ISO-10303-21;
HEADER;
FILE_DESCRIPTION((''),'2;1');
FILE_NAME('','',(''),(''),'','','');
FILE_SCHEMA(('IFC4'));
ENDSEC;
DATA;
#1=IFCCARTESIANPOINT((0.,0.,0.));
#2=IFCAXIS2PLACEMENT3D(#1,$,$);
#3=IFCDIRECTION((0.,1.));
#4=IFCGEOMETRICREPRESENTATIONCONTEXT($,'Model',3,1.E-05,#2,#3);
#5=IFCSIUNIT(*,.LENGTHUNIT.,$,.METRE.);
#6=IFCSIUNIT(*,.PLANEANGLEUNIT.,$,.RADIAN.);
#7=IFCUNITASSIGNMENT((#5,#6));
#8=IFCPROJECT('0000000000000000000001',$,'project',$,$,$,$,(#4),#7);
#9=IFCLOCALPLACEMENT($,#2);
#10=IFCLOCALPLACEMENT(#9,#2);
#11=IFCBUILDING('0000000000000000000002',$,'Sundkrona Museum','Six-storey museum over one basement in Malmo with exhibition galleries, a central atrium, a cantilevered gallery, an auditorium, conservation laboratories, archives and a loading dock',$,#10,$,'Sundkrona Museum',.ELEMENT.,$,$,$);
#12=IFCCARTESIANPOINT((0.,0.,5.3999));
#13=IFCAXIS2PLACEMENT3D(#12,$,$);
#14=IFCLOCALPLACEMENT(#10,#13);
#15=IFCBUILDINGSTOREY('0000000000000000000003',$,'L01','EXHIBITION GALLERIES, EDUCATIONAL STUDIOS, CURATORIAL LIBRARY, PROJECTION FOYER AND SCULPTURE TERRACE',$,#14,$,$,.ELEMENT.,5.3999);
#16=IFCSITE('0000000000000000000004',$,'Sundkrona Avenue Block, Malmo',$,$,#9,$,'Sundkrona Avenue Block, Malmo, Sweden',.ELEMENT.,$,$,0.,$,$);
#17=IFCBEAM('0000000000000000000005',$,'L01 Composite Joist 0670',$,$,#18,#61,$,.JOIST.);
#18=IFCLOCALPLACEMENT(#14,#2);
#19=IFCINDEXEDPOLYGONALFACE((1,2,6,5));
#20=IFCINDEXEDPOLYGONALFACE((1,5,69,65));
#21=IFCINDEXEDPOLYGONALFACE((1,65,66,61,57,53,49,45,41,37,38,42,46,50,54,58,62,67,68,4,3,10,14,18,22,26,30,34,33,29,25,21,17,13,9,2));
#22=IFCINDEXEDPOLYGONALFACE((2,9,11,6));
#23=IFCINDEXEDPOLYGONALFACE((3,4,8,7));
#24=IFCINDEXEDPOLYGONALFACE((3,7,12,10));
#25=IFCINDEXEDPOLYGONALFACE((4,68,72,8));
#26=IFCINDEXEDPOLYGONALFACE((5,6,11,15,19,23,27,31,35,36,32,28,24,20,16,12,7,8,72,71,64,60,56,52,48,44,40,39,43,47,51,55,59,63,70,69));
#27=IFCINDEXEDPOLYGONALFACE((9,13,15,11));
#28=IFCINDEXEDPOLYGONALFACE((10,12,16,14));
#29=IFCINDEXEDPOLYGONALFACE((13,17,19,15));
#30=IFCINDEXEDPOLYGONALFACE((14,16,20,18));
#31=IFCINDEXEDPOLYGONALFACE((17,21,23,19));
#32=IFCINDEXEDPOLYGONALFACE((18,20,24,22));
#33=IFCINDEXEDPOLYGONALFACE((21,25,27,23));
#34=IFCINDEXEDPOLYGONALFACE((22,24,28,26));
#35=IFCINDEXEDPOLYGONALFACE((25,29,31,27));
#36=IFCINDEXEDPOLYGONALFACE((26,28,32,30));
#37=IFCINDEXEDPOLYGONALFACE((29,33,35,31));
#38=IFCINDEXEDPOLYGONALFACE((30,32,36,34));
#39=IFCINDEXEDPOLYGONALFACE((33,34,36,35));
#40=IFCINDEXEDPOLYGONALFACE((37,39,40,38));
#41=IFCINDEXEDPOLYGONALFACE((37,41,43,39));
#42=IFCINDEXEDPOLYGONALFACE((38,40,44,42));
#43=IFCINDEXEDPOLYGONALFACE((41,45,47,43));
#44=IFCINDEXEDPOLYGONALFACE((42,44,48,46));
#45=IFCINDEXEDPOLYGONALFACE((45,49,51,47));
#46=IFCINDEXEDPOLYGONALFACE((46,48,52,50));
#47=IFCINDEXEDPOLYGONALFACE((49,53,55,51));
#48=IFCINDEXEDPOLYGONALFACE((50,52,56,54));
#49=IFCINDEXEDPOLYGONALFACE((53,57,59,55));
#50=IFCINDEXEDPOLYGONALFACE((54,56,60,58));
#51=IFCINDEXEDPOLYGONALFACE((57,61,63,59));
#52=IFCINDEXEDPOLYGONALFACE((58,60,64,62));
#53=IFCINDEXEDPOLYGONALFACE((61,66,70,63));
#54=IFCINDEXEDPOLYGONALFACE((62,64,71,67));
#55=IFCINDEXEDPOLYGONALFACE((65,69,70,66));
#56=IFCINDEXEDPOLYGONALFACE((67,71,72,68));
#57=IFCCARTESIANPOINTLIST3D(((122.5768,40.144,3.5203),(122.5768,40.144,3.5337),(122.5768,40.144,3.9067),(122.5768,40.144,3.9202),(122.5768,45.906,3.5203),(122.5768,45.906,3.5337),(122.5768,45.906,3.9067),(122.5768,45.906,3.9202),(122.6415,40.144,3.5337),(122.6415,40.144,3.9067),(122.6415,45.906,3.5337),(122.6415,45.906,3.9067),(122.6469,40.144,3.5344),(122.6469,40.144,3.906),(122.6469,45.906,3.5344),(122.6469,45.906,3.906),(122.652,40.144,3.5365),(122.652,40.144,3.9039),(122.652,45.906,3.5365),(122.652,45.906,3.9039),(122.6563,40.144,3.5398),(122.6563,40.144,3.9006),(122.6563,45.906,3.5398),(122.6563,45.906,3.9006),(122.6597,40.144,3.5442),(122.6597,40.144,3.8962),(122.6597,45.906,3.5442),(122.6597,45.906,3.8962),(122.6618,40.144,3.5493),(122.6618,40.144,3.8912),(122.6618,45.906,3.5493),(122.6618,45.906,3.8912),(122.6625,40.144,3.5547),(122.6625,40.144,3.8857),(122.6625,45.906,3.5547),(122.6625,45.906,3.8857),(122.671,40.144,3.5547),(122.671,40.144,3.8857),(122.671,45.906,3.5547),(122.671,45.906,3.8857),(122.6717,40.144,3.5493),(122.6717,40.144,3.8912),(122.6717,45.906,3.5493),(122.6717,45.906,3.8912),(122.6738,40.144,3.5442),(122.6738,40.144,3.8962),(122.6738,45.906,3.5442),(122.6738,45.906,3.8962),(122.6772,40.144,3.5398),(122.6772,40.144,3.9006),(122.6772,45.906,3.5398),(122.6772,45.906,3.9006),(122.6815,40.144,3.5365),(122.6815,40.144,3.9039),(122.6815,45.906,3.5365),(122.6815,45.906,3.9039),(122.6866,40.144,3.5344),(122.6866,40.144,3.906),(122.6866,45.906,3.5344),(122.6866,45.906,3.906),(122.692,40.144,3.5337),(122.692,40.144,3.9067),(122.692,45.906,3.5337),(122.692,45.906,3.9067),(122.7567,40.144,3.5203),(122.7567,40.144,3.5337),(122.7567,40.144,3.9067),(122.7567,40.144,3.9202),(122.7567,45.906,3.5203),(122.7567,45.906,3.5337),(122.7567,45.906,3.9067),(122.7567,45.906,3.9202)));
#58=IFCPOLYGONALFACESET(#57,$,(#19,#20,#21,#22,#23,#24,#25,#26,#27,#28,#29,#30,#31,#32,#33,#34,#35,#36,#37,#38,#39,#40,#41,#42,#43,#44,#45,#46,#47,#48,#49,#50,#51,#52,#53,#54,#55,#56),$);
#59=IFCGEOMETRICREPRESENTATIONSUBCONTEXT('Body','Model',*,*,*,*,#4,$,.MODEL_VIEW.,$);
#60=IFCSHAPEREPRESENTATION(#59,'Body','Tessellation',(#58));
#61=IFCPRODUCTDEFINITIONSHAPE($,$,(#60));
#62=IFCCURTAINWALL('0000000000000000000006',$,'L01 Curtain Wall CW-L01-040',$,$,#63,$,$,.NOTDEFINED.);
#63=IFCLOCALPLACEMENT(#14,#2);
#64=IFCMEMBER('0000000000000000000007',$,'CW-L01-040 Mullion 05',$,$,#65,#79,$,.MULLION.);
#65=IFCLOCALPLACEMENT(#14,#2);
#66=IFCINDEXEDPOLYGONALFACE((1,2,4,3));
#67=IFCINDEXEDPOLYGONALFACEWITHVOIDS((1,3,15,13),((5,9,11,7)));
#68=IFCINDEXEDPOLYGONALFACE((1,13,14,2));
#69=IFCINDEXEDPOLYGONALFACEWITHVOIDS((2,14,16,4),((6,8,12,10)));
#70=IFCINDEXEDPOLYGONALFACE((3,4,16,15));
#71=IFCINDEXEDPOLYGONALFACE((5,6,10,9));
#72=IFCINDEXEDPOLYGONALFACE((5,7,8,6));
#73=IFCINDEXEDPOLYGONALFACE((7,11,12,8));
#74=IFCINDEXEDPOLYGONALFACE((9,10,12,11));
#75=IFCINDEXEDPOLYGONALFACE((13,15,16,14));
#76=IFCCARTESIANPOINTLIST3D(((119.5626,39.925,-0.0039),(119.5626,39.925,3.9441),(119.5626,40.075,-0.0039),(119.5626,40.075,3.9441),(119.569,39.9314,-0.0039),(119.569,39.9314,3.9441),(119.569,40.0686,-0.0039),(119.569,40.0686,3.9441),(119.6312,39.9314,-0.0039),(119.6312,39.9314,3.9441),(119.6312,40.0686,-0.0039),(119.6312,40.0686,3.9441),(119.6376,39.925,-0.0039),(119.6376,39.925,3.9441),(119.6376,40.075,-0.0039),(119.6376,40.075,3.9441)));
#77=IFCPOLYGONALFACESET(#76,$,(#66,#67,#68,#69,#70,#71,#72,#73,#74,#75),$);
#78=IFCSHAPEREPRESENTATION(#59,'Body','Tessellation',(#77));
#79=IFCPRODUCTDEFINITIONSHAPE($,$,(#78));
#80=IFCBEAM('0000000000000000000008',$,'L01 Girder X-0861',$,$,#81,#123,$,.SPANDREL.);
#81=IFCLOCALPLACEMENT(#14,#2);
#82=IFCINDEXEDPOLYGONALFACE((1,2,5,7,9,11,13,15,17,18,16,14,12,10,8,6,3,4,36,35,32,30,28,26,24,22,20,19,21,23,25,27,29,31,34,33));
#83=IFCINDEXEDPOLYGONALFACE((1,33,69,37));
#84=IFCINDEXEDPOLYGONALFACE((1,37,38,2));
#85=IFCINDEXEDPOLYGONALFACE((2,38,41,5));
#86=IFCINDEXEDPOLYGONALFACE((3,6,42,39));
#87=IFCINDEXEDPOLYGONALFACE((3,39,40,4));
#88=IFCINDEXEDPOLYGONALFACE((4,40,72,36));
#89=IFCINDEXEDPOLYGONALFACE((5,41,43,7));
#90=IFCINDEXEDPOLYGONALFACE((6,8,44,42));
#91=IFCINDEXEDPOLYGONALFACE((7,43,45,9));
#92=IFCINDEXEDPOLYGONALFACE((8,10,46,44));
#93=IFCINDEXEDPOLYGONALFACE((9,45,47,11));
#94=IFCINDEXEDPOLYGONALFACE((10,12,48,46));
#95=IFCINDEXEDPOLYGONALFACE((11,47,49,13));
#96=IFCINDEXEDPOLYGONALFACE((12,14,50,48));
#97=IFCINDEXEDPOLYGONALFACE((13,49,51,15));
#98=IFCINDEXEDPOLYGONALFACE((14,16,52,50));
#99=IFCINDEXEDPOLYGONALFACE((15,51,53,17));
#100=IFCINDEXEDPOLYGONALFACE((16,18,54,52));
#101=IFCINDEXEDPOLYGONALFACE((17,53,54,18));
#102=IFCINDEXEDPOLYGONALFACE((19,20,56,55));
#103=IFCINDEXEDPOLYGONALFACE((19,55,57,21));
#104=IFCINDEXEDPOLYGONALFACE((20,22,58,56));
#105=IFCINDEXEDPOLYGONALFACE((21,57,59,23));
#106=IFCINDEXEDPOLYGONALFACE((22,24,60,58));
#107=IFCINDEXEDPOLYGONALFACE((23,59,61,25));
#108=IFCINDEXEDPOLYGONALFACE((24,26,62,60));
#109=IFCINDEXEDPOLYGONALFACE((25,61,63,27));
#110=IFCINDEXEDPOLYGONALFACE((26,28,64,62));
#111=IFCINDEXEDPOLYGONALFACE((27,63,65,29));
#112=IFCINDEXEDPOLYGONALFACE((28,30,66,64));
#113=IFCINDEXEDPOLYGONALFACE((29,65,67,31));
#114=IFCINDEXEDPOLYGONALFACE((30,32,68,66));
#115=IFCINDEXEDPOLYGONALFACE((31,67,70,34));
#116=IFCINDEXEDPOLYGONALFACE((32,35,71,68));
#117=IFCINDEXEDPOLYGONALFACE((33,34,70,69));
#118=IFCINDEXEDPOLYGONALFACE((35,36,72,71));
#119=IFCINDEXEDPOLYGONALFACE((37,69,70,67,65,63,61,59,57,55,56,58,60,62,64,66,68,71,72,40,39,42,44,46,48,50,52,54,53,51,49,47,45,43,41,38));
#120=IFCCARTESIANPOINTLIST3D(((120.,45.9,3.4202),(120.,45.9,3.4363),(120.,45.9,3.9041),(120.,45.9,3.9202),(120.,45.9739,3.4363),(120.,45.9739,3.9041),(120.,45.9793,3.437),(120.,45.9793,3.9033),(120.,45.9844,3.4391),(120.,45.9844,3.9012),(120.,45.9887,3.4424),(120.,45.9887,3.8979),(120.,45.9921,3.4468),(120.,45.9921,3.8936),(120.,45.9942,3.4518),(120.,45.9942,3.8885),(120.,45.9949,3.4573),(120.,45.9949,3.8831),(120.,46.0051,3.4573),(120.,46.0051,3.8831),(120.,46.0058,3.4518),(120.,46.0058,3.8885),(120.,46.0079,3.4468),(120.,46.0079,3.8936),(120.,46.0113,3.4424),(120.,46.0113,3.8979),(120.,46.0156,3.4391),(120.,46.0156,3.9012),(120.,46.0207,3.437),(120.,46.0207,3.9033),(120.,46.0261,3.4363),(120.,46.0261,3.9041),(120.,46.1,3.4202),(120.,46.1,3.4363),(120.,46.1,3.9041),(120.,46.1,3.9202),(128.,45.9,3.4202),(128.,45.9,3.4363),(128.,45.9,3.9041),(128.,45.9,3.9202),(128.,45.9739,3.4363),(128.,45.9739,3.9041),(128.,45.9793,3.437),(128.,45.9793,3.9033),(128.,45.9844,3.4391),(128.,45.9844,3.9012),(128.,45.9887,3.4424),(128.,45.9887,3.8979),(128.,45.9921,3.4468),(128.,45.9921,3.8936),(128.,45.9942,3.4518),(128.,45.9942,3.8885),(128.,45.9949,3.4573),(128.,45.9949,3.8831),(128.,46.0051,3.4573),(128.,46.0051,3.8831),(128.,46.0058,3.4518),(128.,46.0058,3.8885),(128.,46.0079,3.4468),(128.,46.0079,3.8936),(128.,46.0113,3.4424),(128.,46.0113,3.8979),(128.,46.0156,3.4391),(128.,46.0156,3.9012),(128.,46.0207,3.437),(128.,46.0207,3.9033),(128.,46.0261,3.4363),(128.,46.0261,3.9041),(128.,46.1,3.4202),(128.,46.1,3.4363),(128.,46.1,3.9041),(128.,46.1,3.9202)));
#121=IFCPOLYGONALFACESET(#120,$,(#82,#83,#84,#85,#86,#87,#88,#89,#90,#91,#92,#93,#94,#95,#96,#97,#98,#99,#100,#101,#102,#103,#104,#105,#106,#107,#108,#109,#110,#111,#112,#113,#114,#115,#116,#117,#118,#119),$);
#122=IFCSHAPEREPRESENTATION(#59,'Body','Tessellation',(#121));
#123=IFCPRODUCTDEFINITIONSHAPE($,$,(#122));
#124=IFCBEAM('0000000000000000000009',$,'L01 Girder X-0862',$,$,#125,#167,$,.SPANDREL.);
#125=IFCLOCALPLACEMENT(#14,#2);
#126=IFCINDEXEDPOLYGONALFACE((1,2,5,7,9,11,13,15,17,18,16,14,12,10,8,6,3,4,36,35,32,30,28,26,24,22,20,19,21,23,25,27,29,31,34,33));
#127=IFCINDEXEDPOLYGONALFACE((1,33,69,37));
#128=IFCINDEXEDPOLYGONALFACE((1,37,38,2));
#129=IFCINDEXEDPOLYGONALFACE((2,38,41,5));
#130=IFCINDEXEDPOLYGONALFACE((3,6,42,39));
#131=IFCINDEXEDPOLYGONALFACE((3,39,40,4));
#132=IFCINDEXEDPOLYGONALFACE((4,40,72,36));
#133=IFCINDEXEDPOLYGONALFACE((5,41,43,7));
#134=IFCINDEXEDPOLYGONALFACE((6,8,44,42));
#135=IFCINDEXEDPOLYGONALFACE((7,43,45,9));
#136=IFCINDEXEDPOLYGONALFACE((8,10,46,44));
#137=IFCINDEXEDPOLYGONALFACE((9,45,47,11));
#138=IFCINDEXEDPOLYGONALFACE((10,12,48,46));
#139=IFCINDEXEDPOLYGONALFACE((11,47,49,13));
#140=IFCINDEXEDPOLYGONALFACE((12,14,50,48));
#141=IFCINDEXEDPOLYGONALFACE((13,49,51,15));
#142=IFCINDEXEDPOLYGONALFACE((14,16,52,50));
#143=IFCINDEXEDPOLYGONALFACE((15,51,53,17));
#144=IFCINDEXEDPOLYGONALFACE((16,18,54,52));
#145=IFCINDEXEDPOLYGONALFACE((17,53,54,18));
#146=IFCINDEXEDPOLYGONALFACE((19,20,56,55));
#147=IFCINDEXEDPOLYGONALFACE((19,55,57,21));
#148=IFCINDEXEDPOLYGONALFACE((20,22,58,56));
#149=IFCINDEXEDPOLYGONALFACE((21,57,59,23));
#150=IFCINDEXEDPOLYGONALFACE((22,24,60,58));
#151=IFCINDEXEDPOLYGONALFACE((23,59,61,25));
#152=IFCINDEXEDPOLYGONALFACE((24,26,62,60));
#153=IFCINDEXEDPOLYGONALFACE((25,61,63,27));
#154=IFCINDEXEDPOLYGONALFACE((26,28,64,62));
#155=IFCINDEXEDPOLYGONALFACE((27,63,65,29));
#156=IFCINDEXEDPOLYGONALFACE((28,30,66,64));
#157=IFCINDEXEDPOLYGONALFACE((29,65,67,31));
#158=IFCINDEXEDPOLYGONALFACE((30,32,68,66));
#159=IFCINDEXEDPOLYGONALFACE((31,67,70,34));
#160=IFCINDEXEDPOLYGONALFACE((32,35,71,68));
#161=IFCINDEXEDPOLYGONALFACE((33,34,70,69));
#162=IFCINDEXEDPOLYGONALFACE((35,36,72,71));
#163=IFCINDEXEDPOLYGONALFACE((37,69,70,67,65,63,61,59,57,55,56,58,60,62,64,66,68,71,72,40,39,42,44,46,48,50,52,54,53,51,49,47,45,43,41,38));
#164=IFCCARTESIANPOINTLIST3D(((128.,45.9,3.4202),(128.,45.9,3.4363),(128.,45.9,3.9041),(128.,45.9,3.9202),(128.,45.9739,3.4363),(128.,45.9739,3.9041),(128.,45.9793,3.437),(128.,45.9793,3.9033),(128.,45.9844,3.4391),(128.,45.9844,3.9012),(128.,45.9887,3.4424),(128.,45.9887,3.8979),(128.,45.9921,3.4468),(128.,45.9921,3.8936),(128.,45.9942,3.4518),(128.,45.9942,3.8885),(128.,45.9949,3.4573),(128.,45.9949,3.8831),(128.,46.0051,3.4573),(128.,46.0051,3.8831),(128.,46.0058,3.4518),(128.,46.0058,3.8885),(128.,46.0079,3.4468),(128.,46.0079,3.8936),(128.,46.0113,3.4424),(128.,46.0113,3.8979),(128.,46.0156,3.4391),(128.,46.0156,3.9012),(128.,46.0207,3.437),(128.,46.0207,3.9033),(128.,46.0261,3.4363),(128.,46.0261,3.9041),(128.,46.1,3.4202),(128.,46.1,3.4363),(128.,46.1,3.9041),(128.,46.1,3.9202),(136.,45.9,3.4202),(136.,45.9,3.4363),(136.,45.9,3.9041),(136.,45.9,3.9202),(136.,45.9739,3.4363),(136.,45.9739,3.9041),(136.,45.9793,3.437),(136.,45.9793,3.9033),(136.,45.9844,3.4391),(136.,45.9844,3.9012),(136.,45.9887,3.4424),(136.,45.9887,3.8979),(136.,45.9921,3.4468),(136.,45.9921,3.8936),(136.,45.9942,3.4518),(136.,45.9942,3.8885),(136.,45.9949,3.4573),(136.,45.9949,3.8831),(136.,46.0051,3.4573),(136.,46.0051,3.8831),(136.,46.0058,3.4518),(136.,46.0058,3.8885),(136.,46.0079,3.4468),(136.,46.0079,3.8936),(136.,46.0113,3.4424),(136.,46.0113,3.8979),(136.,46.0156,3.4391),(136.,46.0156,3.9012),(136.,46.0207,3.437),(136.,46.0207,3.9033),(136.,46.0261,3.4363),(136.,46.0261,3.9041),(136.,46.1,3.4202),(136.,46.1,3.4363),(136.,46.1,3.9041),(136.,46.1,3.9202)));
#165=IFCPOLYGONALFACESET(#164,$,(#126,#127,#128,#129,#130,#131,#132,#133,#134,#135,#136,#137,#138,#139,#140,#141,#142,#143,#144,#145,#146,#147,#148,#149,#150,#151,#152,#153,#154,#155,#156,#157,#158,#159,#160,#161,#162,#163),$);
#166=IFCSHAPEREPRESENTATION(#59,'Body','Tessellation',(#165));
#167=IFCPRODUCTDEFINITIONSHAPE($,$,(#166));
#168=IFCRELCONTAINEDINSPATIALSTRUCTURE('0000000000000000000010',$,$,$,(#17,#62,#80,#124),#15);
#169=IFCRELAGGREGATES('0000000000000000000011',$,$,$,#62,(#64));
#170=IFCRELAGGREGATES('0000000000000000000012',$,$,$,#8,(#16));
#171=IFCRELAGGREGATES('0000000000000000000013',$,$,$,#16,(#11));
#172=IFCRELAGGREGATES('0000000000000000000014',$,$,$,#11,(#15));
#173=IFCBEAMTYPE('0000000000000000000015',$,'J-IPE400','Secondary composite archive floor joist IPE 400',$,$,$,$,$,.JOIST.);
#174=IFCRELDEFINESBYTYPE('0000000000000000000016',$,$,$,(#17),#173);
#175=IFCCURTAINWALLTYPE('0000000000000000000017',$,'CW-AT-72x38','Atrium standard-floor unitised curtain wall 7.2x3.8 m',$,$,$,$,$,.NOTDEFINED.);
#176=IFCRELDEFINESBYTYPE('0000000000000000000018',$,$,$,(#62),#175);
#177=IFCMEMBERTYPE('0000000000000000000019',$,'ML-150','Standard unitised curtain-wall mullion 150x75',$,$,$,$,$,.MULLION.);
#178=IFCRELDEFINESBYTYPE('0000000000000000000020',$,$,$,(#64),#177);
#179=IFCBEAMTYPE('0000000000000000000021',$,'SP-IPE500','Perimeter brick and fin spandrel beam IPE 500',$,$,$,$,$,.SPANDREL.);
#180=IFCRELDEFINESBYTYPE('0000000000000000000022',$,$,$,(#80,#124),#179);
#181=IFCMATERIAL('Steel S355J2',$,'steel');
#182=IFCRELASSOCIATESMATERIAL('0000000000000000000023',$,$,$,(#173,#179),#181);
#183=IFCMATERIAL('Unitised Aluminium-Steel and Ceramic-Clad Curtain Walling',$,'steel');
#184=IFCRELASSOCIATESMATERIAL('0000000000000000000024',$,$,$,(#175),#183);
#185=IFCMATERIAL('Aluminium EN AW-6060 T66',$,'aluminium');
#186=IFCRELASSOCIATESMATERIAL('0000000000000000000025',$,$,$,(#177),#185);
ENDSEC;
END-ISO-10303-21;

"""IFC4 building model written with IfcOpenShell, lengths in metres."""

from ifc_helpers import new_model, si_unit, direction, frame, origin, origin_2d, place, context, subcontext, project, spatial, hollow_rectangle, i_section, extrude, material, material_profile, profile_set, type_object, element, aggregate, save


model = new_model("IFC4")

# Units and contexts
model_context = context("Model", 3, precision=1e-05, world=origin(), true_north=direction((0.0, 1.0)))
body_context = subcontext(model_context, "Body", "Model", "MODEL_VIEW")
ifc_project = project(units=[si_unit("LENGTHUNIT", "METRE"), si_unit("PLANEANGLEUNIT", "RADIAN")], contexts=[model_context])

# Site, building, storey
site_placement = place(None, origin())
site = spatial("IfcSite", under=ifc_project, at=site_placement, Name="Sundkrona Avenue Block, Malmo", LongName="Sundkrona Avenue Block, Malmo, Sweden", CompositionType="ELEMENT", RefElevation=0.0)
building_placement = place(site_placement, origin())
building = spatial("IfcBuilding", under=site, at=building_placement, Name="Sundkrona Museum", Description="Six-storey museum over one basement in Malmo with exhibition galleries, a central atrium, a cantilevered gallery, an auditorium, conservation laboratories, archives and a loading dock", LongName="Sundkrona Museum", CompositionType="ELEMENT")
storey_placement = place(building_placement, frame((0.0, 0.0, 5.3999)))
storey = spatial("IfcBuildingStorey", under=building, at=storey_placement, Name="L01", Description="EXHIBITION GALLERIES, EDUCATIONAL STUDIOS, CURATORIAL LIBRARY, PROJECTION FOYER AND SCULPTURE TERRACE", CompositionType="ELEMENT", Elevation=5.3999)

# Shared definitions
ifc_material_1 = material(Name="Steel S355J2", Category="steel")

# Beam
ifc_material_profile_1 = material_profile(ifc_material_1, i_section(OverallWidth=0.1799, OverallDepth=0.3999, WebThickness=0.0085, FlangeThickness=0.0134, FilletRadius=0.021, at=origin_2d()), Name="IPE 400")
ifc_profile_set_1 = profile_set([ifc_material_profile_1], Name="Steel S355J2")
beam_type_1 = type_object("IfcBeamType", Name="J-IPE400", Description="Secondary composite archive floor joist IPE 400", PredefinedType="JOIST", material=ifc_profile_set_1)
beam_1_placement = place(storey_placement, frame((122.6667, 40.144, 3.7202), z_axis=(0.0, 1.0, 0.0), x_axis=(-1.0, 0.0, 0.0)))
element("IfcBeam", 1, at=beam_1_placement, inside=storey, type_object=beam_type_1, Name="L01 Composite Joist 0670", PredefinedType="JOIST", context=body_context, shape_type="SweptSolid", body=[
    extrude(i_section(OverallWidth=0.1799, OverallDepth=0.3999, WebThickness=0.0085, FlangeThickness=0.0134, FilletRadius=0.021, at=origin_2d()), origin(), (0.0, 0.0, 1.0), 5.762),
])

# Curtain wall, member
ifc_material_2 = material(Name="Unitised Aluminium-Steel and Ceramic-Clad Curtain Walling", Category="steel")
curtain_wall_type = type_object("IfcCurtainWallType", Name="CW-AT-72x38", Description="Atrium standard-floor unitised curtain wall 7.2x3.8 m", PredefinedType="NOTDEFINED", material=ifc_material_2)
curtain_wall_placement = place(storey_placement, origin())
curtain_wall = element("IfcCurtainWall", 2, at=curtain_wall_placement, inside=storey, type_object=curtain_wall_type, Name="L01 Curtain Wall CW-L01-040", PredefinedType="NOTDEFINED")
ifc_material_3 = material(Name="Aluminium EN AW-6060 T66", Category="aluminium")
ifc_material_profile_2 = material_profile(ifc_material_3, hollow_rectangle(XDim=0.075, YDim=0.1499, WallThickness=0.0063, at=origin_2d()), Name="RHS 150x75x6.3")
ifc_profile_set_2 = profile_set([ifc_material_profile_2], Name="Aluminium EN AW-6060 T66")
member_type_1 = type_object("IfcMemberType", Name="ML-150", Description="Standard unitised curtain-wall mullion 150x75", PredefinedType="MULLION", material=ifc_profile_set_2)
member_1_placement = place(storey_placement, frame((119.6001, 40.0, -0.0039), z_axis=(0.0, 0.0, 1.0), x_axis=(1.0, 0.0, 0.0)))
member_1 = element("IfcMember", 3, at=member_1_placement, type_object=member_type_1, Name="CW-L01-040 Mullion 05", PredefinedType="MULLION", context=body_context, shape_type="SweptSolid", body=[
    extrude(hollow_rectangle(XDim=0.075, YDim=0.1499, WallThickness=0.0063, at=origin_2d()), origin(), (0.0, 0.0, 1.0), 3.948),
])

# Beams
ifc_material_profile_3 = material_profile(ifc_material_1, i_section(OverallWidth=0.2, OverallDepth=0.5, WebThickness=0.0103, FlangeThickness=0.0161, FilletRadius=0.021, at=origin_2d()), Name="IPE 500")
ifc_profile_set_3 = profile_set([ifc_material_profile_3], Name="Steel S355J2")
beam_type_2 = type_object("IfcBeamType", Name="SP-IPE500", Description="Perimeter brick and fin spandrel beam IPE 500", PredefinedType="SPANDREL", material=ifc_profile_set_3)
for number, where, z_axis, x_axis, name in (
    (4, (120.0, 46.0, 3.6702), (1.0, 0.0, 0.0), (0.0, 1.0, 0.0), "L01 Girder X-0861"),
    (5, (128.0, 46.0, 3.6702), (1.0, 0.0, 0.0), (0.0, 1.0, 0.0), "L01 Girder X-0862"),
):
    element("IfcBeam", number, at=place(storey_placement, frame(where, z_axis=z_axis, x_axis=x_axis)), inside=storey, type_object=beam_type_2, Name=name, PredefinedType="SPANDREL", context=body_context, shape_type="SweptSolid", body=[
        extrude(i_section(OverallWidth=0.2, OverallDepth=0.5, WebThickness=0.0103, FlangeThickness=0.0161, FilletRadius=0.021, at=origin_2d()), origin(), (0.0, 0.0, 1.0), 8.0),
    ])

aggregate(curtain_wall, [member_1])

save(model, "model.ifc")
